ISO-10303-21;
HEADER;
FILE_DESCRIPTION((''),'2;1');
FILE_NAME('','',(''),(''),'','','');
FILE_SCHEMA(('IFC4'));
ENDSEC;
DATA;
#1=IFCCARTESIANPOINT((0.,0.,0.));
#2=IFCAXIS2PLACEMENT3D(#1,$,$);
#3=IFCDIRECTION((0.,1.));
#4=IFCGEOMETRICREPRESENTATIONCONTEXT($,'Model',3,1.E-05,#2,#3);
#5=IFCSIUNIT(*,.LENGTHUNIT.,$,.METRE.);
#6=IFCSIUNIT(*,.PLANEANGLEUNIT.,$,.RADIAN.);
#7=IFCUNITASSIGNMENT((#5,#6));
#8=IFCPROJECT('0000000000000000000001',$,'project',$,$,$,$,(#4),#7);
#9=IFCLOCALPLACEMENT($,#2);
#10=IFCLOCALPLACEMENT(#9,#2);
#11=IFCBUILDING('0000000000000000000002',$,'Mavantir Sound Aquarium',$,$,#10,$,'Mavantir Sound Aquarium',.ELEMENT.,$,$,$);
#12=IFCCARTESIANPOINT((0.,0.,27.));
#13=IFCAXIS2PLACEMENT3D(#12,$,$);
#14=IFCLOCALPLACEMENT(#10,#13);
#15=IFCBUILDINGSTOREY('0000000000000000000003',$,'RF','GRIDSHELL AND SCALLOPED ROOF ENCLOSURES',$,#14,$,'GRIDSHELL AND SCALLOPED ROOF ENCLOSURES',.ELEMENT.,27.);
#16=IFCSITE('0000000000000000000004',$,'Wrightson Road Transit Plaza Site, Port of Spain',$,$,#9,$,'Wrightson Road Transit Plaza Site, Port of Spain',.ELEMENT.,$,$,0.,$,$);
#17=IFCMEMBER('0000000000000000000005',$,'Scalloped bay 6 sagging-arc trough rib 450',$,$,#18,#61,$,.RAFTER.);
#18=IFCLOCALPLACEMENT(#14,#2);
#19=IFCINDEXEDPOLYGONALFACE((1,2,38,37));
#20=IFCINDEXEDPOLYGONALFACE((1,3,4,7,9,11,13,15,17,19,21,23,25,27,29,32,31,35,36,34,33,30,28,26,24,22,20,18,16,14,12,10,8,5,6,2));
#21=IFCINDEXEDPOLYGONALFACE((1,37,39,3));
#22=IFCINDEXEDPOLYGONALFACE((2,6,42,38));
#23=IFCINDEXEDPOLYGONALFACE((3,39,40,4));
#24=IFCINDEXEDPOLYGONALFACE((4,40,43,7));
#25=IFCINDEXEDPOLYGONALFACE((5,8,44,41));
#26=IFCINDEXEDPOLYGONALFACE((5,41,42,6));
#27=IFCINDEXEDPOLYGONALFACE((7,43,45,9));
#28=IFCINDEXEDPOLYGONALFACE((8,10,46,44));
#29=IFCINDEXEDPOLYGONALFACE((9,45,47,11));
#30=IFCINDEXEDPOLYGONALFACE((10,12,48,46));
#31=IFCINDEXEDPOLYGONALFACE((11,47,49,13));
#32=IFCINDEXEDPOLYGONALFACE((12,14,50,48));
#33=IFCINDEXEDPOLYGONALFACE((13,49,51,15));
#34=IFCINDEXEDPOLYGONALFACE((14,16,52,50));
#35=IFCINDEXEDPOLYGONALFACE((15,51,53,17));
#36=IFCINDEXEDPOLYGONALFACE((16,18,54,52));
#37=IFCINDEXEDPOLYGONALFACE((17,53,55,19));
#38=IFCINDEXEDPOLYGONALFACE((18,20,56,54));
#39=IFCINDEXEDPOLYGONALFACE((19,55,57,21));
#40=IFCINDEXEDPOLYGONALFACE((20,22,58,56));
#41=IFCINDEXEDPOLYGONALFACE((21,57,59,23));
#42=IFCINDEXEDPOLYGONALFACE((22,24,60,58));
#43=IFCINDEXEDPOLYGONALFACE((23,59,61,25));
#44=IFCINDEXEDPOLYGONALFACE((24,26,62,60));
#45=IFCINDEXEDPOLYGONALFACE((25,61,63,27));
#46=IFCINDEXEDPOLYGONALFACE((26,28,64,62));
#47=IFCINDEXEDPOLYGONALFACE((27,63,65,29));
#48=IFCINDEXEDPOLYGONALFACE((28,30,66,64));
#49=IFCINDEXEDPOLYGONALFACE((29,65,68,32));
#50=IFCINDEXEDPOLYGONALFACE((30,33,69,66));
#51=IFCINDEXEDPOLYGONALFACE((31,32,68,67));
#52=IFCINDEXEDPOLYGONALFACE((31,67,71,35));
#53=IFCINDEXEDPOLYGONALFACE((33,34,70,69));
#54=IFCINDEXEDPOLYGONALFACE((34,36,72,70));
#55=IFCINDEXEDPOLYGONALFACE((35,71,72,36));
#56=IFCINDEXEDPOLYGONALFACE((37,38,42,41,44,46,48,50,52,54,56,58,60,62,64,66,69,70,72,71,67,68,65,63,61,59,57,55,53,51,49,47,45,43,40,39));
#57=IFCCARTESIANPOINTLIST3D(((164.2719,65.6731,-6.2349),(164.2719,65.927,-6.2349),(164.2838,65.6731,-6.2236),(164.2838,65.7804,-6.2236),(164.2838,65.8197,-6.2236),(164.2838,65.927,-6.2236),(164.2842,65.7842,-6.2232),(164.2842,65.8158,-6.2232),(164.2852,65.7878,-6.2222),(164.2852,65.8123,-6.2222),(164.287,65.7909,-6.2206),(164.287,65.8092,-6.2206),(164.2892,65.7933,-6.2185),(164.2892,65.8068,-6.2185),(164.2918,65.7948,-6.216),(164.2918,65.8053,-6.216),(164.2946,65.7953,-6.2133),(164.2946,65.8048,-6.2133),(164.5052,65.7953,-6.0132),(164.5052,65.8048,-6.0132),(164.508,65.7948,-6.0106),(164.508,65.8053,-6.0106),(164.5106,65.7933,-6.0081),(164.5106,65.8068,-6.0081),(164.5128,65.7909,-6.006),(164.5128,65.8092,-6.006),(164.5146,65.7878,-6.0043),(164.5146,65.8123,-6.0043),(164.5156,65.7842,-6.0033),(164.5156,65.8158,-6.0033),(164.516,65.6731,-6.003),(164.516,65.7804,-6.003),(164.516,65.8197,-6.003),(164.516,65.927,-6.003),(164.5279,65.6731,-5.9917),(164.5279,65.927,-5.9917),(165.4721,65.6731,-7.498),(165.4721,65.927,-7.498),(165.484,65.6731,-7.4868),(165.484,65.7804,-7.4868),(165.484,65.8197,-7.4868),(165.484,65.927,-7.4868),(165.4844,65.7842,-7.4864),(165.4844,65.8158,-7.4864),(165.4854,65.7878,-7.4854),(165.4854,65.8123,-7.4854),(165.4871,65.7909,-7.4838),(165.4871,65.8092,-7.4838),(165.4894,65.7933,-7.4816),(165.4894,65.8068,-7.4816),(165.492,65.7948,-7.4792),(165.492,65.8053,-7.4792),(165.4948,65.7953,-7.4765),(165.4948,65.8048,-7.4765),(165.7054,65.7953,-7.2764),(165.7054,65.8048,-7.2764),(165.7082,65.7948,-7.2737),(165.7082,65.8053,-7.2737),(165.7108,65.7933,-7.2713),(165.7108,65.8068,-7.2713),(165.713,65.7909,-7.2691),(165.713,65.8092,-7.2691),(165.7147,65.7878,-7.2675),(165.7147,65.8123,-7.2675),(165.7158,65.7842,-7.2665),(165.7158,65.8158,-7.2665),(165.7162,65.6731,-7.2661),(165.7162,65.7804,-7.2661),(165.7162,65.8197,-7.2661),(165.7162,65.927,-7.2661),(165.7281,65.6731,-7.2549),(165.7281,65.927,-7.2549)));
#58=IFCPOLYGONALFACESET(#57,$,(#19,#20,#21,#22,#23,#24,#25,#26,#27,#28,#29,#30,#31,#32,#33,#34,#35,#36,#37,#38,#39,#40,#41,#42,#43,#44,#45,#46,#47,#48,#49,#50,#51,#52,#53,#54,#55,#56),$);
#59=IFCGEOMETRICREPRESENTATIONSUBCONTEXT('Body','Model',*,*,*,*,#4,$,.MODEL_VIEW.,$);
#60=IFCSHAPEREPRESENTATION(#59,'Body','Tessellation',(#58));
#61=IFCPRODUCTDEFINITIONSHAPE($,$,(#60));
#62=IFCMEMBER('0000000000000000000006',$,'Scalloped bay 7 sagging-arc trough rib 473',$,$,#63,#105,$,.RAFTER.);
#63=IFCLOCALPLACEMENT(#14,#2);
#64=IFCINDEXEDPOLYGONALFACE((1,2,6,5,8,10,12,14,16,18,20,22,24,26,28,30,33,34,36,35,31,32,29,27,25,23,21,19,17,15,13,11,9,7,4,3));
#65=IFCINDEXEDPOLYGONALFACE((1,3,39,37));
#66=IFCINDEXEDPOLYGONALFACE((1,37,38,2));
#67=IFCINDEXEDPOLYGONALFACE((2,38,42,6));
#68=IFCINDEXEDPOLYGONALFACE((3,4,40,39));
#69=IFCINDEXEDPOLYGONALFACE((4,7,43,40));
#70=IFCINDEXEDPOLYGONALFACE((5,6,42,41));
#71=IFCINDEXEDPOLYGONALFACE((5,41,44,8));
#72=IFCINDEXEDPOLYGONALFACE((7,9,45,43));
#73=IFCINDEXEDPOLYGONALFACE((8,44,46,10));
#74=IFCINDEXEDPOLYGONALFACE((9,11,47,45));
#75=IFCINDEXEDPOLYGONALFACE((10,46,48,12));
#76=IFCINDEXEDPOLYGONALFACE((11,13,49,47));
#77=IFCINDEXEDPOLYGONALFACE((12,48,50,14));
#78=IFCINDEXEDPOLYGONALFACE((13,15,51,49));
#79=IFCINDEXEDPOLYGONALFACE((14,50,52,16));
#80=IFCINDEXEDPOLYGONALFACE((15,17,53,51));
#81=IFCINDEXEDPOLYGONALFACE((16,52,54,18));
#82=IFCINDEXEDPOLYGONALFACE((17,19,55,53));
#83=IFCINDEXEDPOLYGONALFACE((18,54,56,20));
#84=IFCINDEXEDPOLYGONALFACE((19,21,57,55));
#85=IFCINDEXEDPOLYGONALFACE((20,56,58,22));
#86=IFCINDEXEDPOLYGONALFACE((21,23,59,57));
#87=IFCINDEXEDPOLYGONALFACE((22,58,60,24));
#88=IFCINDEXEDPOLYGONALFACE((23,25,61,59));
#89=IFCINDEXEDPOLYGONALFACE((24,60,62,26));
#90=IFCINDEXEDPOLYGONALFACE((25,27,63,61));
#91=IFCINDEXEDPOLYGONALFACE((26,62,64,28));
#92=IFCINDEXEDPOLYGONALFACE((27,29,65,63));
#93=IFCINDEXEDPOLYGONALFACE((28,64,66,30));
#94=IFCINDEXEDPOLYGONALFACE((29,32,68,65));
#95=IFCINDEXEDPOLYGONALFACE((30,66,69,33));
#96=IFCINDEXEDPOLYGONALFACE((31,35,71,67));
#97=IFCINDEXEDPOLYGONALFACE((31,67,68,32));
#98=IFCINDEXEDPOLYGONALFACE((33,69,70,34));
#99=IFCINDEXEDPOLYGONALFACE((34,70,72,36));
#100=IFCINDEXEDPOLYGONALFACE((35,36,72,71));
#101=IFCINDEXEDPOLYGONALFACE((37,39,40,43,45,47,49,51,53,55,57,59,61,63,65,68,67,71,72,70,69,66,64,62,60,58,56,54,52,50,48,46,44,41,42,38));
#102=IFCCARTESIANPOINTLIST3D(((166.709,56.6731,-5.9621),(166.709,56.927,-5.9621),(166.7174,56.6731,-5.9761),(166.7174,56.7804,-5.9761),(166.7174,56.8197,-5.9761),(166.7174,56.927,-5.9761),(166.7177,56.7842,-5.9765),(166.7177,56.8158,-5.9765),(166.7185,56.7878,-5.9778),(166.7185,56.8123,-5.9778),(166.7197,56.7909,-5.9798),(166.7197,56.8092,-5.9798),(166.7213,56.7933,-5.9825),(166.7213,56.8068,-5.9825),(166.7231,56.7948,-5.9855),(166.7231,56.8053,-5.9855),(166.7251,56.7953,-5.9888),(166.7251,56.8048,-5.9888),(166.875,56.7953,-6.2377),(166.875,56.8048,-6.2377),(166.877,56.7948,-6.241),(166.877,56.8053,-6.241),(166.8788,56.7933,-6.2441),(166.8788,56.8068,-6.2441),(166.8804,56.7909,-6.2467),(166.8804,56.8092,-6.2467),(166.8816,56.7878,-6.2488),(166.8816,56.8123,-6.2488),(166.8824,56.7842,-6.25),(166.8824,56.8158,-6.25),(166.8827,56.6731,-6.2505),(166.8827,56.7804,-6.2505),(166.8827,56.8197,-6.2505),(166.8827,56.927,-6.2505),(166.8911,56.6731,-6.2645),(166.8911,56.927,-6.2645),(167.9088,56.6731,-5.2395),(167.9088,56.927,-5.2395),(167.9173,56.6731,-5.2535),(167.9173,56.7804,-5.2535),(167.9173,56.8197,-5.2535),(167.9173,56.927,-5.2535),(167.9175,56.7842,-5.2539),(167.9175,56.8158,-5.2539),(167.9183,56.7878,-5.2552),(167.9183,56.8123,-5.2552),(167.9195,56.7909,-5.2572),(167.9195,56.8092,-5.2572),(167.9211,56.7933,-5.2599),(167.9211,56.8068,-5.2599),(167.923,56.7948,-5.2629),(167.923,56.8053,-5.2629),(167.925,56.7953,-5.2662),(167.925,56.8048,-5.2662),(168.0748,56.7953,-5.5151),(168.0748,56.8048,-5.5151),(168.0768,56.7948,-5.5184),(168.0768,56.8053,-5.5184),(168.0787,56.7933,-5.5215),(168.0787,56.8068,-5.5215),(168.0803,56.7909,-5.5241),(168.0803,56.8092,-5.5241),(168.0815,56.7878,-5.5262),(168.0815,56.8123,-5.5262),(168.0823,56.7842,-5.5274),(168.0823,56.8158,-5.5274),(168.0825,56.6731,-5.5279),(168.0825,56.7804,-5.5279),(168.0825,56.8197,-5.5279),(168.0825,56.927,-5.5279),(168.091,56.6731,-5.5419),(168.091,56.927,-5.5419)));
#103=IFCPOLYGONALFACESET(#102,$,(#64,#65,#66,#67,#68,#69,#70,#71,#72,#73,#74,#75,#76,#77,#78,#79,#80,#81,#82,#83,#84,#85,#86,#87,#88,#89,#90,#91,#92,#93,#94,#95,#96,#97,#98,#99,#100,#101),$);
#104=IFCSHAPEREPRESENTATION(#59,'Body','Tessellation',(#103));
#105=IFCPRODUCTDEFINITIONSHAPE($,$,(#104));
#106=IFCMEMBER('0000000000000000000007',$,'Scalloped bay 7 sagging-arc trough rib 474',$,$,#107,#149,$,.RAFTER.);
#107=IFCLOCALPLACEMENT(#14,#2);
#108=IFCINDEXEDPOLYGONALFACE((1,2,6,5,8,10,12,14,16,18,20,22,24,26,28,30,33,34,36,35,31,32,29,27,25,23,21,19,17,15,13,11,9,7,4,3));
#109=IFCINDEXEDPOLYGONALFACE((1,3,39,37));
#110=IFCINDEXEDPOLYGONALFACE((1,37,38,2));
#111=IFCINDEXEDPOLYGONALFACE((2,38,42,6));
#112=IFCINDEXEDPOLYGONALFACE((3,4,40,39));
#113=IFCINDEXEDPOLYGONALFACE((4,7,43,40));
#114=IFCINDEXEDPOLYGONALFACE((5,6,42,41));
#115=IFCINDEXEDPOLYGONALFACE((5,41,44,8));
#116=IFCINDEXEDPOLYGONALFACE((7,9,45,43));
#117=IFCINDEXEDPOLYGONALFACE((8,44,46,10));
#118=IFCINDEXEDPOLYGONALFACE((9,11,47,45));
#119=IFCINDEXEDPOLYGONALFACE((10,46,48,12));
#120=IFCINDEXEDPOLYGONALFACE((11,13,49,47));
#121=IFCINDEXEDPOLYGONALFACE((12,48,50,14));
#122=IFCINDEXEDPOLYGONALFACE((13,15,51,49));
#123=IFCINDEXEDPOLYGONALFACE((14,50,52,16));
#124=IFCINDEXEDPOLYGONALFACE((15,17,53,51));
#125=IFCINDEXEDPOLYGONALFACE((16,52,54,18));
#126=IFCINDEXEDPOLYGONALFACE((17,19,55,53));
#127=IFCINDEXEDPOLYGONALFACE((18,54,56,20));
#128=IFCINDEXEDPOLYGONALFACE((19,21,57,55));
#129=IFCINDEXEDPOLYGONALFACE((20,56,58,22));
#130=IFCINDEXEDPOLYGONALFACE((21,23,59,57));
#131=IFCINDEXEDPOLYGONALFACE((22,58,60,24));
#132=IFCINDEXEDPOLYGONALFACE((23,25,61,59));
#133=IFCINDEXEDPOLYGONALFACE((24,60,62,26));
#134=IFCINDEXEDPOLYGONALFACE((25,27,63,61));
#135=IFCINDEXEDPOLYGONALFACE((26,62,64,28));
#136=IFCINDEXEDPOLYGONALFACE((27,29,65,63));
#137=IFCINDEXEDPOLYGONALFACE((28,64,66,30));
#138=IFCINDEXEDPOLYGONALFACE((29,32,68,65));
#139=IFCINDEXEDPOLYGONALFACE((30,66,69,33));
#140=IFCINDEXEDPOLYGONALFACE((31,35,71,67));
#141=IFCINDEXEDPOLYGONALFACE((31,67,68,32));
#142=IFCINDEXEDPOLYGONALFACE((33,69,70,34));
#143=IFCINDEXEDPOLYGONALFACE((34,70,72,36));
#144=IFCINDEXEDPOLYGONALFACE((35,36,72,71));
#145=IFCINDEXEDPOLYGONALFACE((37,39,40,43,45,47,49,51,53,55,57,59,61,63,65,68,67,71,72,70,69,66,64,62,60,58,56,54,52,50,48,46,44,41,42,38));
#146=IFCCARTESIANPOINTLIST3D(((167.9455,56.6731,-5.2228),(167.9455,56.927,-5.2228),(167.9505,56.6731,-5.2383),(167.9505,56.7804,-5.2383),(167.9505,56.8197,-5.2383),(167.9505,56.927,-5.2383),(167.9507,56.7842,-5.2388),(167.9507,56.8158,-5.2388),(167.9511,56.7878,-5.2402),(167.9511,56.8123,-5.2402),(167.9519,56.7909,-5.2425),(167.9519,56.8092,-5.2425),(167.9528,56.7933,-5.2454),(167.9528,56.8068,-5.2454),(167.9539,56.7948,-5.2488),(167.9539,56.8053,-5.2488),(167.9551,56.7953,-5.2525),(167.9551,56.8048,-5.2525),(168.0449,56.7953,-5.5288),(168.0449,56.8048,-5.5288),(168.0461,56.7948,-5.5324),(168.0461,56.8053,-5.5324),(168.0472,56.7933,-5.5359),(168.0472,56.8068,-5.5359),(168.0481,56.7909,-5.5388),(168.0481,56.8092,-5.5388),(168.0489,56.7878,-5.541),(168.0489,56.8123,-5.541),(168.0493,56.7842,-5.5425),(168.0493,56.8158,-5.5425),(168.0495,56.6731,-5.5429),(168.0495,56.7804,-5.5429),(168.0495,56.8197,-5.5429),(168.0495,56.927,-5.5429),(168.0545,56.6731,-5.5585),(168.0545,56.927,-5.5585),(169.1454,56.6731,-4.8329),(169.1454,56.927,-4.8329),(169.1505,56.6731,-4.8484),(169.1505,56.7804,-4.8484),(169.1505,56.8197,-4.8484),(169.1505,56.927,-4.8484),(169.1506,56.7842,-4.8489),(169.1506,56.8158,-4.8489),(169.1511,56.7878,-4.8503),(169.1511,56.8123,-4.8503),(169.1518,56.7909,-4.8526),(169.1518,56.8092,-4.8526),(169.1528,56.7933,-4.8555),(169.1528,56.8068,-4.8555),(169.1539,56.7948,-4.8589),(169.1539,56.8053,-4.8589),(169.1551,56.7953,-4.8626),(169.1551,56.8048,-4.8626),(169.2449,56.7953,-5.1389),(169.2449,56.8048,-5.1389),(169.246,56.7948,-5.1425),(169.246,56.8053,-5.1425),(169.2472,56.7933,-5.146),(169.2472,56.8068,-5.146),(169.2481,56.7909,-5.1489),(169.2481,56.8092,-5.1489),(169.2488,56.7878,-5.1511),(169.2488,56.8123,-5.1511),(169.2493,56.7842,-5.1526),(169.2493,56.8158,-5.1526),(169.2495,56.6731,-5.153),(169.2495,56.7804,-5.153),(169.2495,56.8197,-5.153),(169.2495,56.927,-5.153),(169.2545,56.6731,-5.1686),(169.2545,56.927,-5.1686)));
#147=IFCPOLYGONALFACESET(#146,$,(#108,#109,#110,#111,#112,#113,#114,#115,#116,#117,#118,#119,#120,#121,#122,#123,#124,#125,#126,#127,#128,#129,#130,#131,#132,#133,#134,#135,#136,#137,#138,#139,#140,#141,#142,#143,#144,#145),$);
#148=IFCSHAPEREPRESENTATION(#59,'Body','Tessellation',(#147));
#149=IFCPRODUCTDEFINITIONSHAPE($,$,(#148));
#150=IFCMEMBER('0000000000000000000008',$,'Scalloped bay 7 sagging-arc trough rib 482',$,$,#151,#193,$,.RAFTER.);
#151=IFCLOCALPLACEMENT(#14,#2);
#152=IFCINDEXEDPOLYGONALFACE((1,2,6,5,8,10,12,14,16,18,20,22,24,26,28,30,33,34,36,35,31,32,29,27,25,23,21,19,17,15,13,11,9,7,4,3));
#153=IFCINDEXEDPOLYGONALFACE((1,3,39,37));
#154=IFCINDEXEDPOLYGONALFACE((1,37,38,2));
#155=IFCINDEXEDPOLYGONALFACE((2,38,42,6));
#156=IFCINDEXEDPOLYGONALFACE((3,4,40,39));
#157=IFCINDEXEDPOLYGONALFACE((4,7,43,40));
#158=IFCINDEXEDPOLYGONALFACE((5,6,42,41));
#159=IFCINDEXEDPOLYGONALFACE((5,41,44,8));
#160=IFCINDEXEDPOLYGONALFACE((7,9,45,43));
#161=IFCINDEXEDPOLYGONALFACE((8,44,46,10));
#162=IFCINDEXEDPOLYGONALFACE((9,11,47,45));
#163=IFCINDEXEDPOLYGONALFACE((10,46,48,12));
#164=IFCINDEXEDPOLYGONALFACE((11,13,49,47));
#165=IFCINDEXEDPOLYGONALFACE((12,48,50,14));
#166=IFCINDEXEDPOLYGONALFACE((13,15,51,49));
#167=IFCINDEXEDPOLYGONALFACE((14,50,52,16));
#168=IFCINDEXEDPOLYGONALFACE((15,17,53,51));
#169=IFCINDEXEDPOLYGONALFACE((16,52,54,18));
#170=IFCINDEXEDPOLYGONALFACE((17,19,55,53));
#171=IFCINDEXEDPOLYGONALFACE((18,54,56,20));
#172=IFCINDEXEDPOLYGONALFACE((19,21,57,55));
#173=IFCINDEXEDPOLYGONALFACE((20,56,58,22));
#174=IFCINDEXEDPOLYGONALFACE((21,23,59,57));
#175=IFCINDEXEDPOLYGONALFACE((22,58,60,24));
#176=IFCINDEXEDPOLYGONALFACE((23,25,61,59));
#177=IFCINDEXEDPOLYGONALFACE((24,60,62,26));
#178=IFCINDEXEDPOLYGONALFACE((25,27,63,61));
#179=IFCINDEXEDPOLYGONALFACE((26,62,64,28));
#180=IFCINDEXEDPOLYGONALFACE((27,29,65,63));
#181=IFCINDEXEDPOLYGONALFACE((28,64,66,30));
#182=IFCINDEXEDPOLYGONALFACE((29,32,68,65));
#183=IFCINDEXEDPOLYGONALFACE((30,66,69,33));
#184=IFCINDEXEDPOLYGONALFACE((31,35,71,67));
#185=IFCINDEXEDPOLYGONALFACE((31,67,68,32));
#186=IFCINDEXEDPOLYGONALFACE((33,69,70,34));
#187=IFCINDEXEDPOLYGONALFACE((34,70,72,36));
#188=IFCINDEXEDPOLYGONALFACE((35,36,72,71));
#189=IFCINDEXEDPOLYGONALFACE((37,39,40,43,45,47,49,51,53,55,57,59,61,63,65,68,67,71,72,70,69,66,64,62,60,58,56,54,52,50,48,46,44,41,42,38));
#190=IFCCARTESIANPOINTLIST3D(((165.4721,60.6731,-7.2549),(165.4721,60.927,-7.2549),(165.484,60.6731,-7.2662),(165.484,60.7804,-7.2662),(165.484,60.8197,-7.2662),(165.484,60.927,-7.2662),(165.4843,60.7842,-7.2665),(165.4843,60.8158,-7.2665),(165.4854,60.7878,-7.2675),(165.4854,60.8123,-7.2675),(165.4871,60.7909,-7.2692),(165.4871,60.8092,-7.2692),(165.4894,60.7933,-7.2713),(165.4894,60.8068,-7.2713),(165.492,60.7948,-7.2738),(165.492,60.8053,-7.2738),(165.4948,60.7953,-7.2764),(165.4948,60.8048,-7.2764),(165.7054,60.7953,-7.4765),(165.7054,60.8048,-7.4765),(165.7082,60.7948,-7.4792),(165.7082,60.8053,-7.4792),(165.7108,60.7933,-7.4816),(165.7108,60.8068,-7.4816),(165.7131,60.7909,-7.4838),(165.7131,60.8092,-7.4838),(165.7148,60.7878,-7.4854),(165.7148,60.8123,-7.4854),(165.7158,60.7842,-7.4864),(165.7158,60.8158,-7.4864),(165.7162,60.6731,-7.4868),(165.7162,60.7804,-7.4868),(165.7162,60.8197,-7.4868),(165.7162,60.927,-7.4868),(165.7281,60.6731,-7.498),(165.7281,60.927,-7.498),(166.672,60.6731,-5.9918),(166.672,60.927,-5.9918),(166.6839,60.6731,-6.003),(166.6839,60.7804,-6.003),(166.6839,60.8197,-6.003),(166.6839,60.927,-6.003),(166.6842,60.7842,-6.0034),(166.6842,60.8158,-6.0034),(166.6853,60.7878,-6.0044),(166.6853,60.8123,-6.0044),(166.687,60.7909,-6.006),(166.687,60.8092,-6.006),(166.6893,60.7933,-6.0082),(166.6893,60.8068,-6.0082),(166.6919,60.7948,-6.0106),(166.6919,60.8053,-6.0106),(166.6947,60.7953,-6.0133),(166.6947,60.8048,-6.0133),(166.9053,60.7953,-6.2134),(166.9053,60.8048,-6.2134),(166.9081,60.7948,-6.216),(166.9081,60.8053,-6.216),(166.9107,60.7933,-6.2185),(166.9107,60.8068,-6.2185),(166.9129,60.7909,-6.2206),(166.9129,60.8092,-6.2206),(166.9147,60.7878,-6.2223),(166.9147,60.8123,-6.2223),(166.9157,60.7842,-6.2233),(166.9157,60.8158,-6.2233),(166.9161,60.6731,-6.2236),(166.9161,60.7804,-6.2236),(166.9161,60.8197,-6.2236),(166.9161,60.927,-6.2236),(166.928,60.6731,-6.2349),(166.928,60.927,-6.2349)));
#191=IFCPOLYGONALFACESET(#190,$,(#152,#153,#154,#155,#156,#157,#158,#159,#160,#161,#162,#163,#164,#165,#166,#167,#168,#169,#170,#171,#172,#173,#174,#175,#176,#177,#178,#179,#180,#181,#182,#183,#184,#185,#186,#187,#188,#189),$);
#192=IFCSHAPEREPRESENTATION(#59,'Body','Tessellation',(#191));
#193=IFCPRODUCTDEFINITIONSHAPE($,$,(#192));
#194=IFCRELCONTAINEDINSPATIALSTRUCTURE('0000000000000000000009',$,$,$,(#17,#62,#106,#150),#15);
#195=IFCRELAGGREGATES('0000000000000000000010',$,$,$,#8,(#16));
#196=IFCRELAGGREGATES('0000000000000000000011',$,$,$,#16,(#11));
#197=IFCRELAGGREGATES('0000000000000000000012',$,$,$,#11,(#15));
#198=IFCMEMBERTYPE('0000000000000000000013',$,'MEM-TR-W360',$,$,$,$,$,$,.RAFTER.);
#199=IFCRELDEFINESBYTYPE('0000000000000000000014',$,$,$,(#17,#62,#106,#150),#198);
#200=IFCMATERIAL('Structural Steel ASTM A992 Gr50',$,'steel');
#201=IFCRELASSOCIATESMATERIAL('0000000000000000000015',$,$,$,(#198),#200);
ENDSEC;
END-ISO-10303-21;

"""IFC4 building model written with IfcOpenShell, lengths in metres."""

from ifc_helpers import new_model, si_unit, direction, frame, origin, origin_2d, place, context, subcontext, project, spatial, i_section, extrude, material, material_profile, profile_set, type_object, element, save


model = new_model("IFC4")

# Units and contexts
model_context = context("Model", 3, precision=1e-05, world=origin(), true_north=direction((0.0, 1.0)))
body_context = subcontext(model_context, "Body", "Model", "MODEL_VIEW")
ifc_project = project(units=[si_unit("LENGTHUNIT", "METRE"), si_unit("PLANEANGLEUNIT", "RADIAN")], contexts=[model_context])

# Site, building, storey
site_placement = place(None, origin())
site = spatial("IfcSite", under=ifc_project, at=site_placement, Name="Wrightson Road Transit Plaza Site, Port of Spain", LongName="Wrightson Road Transit Plaza Site, Port of Spain", CompositionType="ELEMENT", RefElevation=0.0)
building_placement = place(site_placement, origin())
building = spatial("IfcBuilding", under=site, at=building_placement, Name="Mavantir Sound Aquarium", LongName="Mavantir Sound Aquarium", CompositionType="ELEMENT")
storey_placement = place(building_placement, frame((0.0, 0.0, 27.0)))
storey = spatial("IfcBuildingStorey", under=building, at=storey_placement, Name="RF", Description="GRIDSHELL AND SCALLOPED ROOF ENCLOSURES", LongName="GRIDSHELL AND SCALLOPED ROOF ENCLOSURES", CompositionType="ELEMENT", Elevation=27.0)

# Shared definitions
ifc_material_1 = material(Name="Structural Steel ASTM A992 Gr50", Category="steel")

# Members
ifc_material_profile_1 = material_profile(ifc_material_1, i_section(OverallWidth=0.2539, OverallDepth=0.353, WebThickness=0.0095, FlangeThickness=0.0164, FilletRadius=0.0149, at=origin_2d()), Name="W360X91")
ifc_profile_set_1 = profile_set([ifc_material_profile_1], Name="Structural Steel ASTM A992 Gr50")
member_type_1 = type_object("IfcMemberType", Name="MEM-TR-W360", PredefinedType="RAFTER", material=ifc_profile_set_1)
member_1_placement = place(storey_placement, frame((164.3999, 65.8, -6.1133), z_axis=(0.688801, 0.0, -0.72495), x_axis=(0.0, 1.0, 0.0)))
element("IfcMember", 1, at=member_1_placement, inside=storey, type_object=member_type_1, Name="Scalloped bay 6 sagging-arc trough rib 450", PredefinedType="RAFTER", context=body_context, shape_type="SweptSolid", body=[
    extrude(i_section(OverallWidth=0.2539, OverallDepth=0.353, WebThickness=0.0095, FlangeThickness=0.0164, FilletRadius=0.0149, at=origin_2d()), origin(), (0.0, 0.0, 1.0), 1.7424),
])
member_2_placement = place(storey_placement, frame((166.8, 56.8, -6.1133), z_axis=(0.856646, 0.0, 0.515905), x_axis=(0.0, 1.0, 0.0)))
element("IfcMember", 2, at=member_2_placement, inside=storey, type_object=member_type_1, Name="Scalloped bay 7 sagging-arc trough rib 473", PredefinedType="RAFTER", context=body_context, shape_type="SweptSolid", body=[
    extrude(i_section(OverallWidth=0.2539, OverallDepth=0.353, WebThickness=0.0095, FlangeThickness=0.0164, FilletRadius=0.0149, at=origin_2d()), origin(), (0.0, 0.0, 1.0), 1.4006),
])
member_3_placement = place(storey_placement, frame((168.0, 56.8, -5.3906), z_axis=(0.951055, 0.0, 0.30902), x_axis=(0.0, 1.0, 0.0)))
element("IfcMember", 3, at=member_3_placement, inside=storey, type_object=member_type_1, Name="Scalloped bay 7 sagging-arc trough rib 474", PredefinedType="RAFTER", context=body_context, shape_type="SweptSolid", body=[
    extrude(i_section(OverallWidth=0.2539, OverallDepth=0.353, WebThickness=0.0095, FlangeThickness=0.0164, FilletRadius=0.0149, at=origin_2d()), origin(), (0.0, 0.0, 1.0), 1.2617),
])
member_4_placement = place(storey_placement, frame((165.6001, 60.8, -7.3765), z_axis=(0.688727, 0.0, 0.72502), x_axis=(0.0, 1.0, 0.0)))
element("IfcMember", 4, at=member_4_placement, inside=storey, type_object=member_type_1, Name="Scalloped bay 7 sagging-arc trough rib 482", PredefinedType="RAFTER", context=body_context, shape_type="SweptSolid", body=[
    extrude(i_section(OverallWidth=0.2539, OverallDepth=0.353, WebThickness=0.0095, FlangeThickness=0.0164, FilletRadius=0.0149, at=origin_2d()), origin(), (0.0, 0.0, 1.0), 1.7422),
])

save(model, "model.ifc")
